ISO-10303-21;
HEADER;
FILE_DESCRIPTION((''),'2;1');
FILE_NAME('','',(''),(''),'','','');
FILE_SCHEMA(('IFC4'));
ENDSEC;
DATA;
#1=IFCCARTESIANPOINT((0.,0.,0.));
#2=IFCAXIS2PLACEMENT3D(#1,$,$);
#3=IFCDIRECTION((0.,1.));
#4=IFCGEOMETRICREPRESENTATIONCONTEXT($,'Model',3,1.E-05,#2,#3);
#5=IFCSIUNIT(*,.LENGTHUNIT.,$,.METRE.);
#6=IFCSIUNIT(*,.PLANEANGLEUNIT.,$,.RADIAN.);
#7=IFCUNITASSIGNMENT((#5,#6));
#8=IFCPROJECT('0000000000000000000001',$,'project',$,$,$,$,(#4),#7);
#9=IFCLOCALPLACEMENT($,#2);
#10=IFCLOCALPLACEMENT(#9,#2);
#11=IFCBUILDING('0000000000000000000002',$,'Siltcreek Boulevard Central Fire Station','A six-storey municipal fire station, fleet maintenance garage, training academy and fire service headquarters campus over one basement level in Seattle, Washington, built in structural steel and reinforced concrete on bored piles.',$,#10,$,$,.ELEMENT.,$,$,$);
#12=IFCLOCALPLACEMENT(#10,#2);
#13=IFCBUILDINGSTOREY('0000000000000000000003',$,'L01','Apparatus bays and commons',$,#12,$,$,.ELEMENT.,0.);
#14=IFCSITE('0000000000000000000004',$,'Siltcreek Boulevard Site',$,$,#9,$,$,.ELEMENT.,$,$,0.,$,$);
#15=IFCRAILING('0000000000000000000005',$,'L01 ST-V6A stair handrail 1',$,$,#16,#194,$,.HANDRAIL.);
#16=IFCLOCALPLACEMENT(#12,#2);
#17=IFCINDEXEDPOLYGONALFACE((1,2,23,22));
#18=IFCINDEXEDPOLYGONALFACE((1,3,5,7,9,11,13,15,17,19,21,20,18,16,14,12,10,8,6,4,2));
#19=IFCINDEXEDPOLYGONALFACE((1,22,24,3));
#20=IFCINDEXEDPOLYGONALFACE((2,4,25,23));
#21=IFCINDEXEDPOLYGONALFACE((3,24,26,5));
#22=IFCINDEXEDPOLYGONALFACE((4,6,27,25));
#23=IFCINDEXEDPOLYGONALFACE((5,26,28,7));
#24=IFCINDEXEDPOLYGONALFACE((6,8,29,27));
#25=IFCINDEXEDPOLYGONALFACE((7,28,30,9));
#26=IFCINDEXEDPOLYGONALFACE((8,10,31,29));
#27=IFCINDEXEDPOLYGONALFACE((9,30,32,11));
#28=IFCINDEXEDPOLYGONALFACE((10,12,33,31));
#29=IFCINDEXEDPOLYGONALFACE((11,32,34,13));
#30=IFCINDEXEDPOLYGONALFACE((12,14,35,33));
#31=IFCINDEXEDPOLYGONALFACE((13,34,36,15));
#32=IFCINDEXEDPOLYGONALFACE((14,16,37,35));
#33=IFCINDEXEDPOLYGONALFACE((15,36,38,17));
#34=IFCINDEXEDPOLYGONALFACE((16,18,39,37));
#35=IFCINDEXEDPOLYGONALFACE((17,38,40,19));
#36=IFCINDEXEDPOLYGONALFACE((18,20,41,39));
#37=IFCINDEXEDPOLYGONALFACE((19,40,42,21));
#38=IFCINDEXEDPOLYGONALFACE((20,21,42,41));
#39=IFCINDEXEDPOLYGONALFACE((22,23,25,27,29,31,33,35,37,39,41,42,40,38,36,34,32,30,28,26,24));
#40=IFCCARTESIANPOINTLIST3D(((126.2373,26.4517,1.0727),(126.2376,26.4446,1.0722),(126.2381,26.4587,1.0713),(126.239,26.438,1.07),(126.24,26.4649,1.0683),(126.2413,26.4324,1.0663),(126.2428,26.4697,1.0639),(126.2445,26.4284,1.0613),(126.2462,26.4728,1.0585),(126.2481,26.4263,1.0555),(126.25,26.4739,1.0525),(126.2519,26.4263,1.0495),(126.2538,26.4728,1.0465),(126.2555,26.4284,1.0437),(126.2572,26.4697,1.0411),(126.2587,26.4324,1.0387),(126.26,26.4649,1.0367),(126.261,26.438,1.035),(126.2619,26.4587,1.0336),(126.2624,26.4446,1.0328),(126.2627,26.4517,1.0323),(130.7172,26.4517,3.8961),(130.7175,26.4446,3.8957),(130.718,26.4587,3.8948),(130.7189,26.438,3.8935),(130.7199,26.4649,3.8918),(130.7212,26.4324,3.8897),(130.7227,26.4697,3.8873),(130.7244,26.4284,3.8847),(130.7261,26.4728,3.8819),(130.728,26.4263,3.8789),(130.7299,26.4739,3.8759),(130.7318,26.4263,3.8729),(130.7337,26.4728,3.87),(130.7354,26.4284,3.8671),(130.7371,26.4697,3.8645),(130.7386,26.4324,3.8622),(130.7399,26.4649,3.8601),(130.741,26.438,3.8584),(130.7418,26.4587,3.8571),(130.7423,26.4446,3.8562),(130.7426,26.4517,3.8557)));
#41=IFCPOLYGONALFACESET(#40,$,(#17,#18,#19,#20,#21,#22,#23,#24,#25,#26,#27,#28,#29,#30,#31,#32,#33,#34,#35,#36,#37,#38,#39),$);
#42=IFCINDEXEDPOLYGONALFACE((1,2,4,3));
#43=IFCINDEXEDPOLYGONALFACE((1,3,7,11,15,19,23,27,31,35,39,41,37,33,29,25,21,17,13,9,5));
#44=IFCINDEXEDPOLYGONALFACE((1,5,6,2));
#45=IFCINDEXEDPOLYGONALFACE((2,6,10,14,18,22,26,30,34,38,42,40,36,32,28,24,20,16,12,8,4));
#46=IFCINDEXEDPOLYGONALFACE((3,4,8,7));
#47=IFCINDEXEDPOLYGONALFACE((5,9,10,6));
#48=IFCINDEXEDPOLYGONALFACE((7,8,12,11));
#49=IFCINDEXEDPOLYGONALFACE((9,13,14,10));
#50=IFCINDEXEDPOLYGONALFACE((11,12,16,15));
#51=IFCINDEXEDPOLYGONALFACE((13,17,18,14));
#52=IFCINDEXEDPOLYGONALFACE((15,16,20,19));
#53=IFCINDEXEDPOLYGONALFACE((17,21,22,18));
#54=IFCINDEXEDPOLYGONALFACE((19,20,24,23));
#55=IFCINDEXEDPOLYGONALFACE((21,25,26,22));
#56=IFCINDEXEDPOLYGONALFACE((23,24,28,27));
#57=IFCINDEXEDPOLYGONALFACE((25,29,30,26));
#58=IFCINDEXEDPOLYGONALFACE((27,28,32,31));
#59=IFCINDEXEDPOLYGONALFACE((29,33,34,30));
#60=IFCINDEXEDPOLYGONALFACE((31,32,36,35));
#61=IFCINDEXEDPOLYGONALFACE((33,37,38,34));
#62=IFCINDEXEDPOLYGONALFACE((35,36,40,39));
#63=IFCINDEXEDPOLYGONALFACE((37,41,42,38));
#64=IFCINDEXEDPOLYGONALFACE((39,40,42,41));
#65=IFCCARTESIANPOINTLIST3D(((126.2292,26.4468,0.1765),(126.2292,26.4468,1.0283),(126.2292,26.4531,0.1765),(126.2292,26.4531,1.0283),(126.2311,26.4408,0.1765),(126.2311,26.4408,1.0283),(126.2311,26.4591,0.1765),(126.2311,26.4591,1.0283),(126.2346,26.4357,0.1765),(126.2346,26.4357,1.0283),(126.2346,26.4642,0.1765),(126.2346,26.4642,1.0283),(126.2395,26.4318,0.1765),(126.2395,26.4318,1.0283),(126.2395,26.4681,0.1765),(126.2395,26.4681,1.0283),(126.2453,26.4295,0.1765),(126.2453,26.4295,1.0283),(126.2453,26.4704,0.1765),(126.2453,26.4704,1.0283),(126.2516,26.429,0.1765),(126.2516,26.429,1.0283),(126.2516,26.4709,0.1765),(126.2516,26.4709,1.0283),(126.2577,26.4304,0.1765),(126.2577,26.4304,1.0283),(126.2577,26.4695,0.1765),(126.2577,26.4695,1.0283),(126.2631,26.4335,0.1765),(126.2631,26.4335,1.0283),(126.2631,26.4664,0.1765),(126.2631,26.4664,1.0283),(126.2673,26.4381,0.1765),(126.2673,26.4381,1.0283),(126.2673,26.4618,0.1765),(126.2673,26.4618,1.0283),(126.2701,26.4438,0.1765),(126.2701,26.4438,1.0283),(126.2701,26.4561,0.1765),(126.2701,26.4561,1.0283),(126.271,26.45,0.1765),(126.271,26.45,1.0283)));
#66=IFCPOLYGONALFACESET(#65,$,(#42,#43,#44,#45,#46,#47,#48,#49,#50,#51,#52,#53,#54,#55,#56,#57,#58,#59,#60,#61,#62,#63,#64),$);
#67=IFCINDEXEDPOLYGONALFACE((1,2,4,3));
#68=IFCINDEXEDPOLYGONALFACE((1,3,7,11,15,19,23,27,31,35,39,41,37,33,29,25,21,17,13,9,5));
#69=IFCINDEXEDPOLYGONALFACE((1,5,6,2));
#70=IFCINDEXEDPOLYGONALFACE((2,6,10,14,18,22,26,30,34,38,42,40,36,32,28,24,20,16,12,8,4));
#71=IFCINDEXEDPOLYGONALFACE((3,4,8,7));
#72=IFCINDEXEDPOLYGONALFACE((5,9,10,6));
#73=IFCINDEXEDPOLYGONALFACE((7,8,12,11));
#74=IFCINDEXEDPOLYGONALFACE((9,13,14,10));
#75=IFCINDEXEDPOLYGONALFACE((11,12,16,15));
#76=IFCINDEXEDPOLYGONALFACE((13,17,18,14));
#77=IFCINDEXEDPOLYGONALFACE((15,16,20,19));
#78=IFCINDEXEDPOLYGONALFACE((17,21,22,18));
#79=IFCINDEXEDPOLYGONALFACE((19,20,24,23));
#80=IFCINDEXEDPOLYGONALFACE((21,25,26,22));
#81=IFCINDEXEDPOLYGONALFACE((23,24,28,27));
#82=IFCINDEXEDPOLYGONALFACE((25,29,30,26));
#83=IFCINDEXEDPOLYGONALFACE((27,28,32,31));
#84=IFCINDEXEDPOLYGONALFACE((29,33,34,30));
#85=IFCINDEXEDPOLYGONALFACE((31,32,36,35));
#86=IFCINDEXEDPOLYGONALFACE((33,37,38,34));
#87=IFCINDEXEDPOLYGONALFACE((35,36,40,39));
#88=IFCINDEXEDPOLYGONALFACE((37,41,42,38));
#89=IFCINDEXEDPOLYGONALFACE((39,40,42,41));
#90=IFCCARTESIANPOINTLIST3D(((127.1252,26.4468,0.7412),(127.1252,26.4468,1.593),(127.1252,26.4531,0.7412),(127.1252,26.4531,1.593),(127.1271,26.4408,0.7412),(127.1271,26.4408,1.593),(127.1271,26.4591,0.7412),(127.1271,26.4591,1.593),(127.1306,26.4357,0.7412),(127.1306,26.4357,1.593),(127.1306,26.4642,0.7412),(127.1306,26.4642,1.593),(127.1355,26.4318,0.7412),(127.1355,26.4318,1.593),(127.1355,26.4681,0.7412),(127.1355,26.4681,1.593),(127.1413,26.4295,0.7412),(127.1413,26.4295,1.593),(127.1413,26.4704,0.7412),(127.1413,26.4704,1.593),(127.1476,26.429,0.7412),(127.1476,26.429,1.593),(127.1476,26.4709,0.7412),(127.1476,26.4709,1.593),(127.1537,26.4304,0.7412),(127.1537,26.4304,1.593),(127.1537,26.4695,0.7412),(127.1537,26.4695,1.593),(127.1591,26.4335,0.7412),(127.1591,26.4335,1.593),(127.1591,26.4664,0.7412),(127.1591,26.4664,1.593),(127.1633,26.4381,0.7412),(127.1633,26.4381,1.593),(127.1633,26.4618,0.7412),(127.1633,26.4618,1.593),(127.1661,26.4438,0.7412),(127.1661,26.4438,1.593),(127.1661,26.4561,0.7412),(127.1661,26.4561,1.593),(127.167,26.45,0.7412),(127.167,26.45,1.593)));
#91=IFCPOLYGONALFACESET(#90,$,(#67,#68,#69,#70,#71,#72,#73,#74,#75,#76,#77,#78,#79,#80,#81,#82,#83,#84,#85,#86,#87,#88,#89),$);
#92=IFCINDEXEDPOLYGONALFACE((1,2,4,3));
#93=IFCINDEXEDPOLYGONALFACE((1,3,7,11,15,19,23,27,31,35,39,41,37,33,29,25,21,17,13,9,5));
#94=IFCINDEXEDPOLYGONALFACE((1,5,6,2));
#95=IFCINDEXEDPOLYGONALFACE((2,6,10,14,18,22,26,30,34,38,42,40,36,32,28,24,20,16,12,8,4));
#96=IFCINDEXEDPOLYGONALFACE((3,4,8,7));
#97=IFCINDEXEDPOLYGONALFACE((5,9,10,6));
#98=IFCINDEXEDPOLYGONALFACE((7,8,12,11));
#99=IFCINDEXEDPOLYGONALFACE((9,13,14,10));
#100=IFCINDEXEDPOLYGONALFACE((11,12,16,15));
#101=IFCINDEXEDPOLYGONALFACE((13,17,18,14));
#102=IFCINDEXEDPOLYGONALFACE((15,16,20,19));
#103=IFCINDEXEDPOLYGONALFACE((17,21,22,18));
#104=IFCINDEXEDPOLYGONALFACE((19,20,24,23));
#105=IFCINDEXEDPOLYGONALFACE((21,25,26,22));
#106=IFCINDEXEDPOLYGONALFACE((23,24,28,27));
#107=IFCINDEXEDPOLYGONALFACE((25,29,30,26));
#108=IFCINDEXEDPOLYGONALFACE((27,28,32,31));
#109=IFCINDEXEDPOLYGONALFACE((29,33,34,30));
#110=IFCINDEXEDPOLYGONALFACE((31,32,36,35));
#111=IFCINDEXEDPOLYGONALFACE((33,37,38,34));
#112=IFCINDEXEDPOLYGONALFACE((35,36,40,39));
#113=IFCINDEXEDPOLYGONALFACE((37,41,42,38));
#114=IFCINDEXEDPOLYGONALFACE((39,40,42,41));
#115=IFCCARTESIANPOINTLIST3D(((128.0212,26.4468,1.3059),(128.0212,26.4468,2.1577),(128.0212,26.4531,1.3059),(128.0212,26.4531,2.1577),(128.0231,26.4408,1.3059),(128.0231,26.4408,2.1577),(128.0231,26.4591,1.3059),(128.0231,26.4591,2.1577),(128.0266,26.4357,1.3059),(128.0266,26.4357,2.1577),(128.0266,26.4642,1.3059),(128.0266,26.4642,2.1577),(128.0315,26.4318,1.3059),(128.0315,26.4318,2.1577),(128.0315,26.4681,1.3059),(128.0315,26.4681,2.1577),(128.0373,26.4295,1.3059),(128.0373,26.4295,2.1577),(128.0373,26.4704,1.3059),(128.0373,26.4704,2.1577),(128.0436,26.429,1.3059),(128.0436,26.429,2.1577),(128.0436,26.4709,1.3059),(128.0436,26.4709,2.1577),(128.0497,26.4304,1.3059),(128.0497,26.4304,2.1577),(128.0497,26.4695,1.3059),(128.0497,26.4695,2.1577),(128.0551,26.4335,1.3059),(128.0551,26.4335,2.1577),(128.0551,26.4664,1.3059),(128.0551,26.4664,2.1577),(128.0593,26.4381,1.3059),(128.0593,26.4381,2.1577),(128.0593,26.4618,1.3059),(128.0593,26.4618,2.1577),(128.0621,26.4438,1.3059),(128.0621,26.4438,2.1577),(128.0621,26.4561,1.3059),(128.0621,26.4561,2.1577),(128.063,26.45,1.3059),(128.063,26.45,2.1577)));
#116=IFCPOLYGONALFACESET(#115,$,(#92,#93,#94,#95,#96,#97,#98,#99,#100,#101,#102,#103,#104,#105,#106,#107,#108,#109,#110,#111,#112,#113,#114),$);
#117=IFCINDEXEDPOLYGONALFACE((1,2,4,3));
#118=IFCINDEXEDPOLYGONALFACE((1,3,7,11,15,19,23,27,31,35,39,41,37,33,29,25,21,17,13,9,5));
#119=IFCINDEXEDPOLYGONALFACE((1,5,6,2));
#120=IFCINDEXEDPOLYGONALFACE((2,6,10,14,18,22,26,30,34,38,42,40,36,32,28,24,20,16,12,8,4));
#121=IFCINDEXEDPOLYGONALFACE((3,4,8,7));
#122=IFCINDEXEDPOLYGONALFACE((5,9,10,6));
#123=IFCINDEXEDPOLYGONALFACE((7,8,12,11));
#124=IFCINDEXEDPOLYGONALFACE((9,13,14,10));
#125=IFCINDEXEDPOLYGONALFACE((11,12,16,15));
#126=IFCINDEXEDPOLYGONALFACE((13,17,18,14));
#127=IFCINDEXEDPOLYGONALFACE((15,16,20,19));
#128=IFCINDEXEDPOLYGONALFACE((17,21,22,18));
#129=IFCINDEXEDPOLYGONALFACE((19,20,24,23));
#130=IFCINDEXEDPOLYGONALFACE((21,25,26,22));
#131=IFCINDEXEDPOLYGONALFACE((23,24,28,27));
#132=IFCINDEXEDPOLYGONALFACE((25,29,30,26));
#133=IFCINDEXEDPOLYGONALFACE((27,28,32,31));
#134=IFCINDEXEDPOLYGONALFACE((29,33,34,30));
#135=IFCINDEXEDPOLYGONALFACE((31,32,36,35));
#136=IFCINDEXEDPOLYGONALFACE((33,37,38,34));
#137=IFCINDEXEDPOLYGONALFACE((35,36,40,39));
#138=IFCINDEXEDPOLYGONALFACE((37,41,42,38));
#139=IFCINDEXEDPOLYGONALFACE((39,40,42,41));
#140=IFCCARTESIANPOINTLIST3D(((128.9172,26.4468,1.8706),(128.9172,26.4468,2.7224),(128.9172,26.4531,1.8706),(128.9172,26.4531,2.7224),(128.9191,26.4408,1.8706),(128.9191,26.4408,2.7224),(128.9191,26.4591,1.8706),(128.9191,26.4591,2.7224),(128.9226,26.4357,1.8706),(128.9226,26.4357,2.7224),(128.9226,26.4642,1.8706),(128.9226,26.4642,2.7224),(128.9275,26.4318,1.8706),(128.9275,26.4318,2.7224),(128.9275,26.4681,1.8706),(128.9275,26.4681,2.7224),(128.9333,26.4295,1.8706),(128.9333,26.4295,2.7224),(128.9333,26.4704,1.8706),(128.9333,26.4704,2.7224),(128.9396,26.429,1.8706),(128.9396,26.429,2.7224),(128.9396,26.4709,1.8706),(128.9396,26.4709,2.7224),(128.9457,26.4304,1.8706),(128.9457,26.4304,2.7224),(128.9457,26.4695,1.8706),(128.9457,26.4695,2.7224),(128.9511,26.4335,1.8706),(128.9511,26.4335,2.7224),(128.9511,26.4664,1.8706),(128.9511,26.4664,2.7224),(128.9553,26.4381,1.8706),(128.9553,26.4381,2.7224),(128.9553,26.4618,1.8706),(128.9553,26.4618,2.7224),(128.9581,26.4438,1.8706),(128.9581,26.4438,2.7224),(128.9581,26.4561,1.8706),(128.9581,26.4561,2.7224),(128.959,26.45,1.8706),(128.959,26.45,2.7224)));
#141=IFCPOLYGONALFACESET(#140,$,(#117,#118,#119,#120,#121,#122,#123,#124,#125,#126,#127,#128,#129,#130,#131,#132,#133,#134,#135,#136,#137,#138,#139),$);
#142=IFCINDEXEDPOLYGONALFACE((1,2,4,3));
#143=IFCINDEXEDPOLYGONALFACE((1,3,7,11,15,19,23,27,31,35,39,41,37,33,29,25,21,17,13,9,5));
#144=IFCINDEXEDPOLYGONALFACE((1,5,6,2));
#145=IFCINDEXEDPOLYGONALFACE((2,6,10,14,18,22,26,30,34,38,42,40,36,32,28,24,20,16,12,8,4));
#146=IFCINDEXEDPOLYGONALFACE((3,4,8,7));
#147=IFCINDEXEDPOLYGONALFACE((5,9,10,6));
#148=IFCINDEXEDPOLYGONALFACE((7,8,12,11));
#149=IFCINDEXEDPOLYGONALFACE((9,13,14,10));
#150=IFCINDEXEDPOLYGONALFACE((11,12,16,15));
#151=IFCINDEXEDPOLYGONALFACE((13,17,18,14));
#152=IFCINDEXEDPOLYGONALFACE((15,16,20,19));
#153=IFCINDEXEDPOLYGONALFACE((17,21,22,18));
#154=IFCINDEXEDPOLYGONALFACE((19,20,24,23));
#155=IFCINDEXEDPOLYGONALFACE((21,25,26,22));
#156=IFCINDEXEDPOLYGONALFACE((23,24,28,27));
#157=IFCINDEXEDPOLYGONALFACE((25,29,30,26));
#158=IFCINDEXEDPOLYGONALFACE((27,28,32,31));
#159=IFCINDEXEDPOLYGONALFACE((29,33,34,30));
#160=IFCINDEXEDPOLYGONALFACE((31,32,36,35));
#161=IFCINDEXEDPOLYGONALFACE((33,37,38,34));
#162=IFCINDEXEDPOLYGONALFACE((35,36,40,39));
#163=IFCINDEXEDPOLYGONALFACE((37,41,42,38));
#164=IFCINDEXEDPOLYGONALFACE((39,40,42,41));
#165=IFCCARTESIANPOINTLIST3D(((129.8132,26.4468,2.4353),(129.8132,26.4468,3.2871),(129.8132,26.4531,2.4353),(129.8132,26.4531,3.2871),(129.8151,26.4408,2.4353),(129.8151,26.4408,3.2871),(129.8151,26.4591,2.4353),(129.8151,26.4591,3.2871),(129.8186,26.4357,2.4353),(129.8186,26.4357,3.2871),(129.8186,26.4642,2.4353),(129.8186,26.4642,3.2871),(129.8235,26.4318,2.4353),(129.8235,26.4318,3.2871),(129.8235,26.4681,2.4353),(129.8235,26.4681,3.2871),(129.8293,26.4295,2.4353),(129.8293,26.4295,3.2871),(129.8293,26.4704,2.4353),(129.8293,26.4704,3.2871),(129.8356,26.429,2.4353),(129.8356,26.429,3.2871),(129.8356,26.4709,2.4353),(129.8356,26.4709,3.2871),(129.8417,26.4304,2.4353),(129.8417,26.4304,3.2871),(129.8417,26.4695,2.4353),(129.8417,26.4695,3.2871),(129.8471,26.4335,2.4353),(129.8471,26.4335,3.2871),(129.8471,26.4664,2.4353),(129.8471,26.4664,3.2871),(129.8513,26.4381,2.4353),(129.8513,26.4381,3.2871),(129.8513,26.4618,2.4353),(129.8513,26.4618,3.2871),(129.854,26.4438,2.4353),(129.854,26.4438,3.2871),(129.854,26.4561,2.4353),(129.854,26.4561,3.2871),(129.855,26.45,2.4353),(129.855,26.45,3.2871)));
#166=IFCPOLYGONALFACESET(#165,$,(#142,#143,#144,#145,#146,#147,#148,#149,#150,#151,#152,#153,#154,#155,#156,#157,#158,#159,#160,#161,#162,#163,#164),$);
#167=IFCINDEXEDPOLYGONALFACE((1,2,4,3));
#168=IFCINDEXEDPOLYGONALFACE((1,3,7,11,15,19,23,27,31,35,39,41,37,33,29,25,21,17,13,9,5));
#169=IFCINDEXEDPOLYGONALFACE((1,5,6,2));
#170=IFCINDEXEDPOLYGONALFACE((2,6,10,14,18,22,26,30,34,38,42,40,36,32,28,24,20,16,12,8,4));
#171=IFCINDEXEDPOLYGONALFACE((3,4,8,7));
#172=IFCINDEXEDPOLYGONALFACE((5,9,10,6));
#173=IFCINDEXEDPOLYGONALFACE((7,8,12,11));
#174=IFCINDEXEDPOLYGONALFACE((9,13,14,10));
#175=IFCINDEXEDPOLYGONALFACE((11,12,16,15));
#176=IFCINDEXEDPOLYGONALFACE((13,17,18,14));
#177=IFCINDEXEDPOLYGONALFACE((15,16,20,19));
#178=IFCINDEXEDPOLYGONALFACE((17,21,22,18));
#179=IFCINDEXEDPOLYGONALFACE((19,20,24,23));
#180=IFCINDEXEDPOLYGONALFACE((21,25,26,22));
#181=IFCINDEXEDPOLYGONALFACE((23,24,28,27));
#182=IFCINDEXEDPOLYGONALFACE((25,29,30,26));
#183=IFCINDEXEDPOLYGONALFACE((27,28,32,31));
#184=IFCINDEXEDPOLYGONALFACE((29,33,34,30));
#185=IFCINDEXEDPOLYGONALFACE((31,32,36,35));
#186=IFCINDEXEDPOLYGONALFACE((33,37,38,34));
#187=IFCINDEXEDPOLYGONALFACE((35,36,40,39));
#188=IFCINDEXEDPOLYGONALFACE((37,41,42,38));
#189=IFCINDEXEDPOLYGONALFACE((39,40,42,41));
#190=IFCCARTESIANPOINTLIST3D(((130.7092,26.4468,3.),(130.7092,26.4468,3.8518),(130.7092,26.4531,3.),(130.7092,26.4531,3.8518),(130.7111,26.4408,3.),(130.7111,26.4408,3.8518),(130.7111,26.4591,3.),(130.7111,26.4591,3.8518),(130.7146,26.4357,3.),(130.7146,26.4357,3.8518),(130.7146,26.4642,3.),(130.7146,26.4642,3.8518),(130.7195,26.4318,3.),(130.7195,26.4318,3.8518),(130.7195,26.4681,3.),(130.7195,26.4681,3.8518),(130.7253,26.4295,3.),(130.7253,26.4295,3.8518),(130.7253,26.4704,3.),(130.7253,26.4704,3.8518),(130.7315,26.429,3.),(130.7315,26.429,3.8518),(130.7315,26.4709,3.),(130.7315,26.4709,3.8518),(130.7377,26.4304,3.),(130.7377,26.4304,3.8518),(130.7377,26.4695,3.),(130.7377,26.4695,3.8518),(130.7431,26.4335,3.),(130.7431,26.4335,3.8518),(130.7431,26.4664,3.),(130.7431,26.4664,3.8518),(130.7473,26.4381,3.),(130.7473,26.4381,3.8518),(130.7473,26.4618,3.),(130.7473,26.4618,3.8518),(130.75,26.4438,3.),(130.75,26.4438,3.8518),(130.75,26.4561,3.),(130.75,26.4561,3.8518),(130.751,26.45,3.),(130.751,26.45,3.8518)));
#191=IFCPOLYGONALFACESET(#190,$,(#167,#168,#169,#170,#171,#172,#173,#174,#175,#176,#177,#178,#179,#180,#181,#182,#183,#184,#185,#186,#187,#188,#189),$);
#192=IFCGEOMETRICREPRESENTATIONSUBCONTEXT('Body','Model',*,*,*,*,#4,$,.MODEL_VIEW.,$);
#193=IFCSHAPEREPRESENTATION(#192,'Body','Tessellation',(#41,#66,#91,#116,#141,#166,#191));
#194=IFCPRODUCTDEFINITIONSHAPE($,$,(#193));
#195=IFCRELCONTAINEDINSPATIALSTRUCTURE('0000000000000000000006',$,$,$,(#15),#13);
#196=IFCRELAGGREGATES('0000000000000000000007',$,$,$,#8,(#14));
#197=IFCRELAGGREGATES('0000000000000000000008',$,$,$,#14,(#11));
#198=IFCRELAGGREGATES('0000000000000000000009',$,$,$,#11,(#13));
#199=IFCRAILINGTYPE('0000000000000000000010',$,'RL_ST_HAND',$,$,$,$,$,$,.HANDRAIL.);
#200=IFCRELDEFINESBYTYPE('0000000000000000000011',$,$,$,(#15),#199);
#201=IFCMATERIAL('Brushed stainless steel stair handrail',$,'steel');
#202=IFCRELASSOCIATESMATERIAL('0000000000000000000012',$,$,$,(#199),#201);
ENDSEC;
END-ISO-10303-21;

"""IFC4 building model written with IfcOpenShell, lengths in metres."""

from ifc_helpers import new_model, si_unit, direction, frame, origin, origin_2d, place, context, subcontext, project, spatial, circle, extrude, material, type_object, element, save


model = new_model("IFC4")

# Units and contexts
model_context = context("Model", 3, precision=1e-05, world=origin(), true_north=direction((0.0, 1.0)))
body_context = subcontext(model_context, "Body", "Model", "MODEL_VIEW")
ifc_project = project(units=[si_unit("LENGTHUNIT", "METRE"), si_unit("PLANEANGLEUNIT", "RADIAN")], contexts=[model_context])

# Site, building, storey
site_placement = place(None, origin())
site = spatial("IfcSite", under=ifc_project, at=site_placement, Name="Siltcreek Boulevard Site", CompositionType="ELEMENT", RefElevation=0.0)
building_placement = place(site_placement, origin())
building = spatial("IfcBuilding", under=site, at=building_placement, Name="Siltcreek Boulevard Central Fire Station", Description="A six-storey municipal fire station, fleet maintenance garage, training academy and fire service headquarters campus over one basement level in Seattle, Washington, built in structural steel and reinforced concrete on bored piles.", CompositionType="ELEMENT")
storey_placement = place(building_placement, origin())
storey = spatial("IfcBuildingStorey", under=building, at=storey_placement, Name="L01", Description="Apparatus bays and commons", CompositionType="ELEMENT", Elevation=0.0)

# Railing
ifc_material_1 = material(Name="Brushed stainless steel stair handrail", Category="steel")
railing_type_1 = type_object("IfcRailingType", Name="RL_ST_HAND", PredefinedType="HANDRAIL", material=ifc_material_1)
railing_1_placement = place(storey_placement, frame((126.25, 26.45, 0.1765)))
element("IfcRailing", 1, at=railing_1_placement, inside=storey, type_object=railing_type_1, Name="L01 ST-V6A stair handrail 1", PredefinedType="HANDRAIL", context=body_context, shape_type="SweptSolid", body=[
    extrude(circle(Radius=0.0239, at=origin_2d()), frame((0.0, 0.0, 0.876), z_axis=(0.845998, 0.0, 0.533186), x_axis=(0.0, 1.0, 0.0)), (0.0, 0.0, 1.0), 5.2954),
    extrude(circle(Radius=0.021, at=origin_2d()), origin(), (0.0, 0.0, 1.0), 0.8518),
    extrude(circle(Radius=0.021, at=origin_2d()), frame((0.896, 0.0, 0.5647)), (0.0, 0.0, 1.0), 0.8518),
    extrude(circle(Radius=0.021, at=origin_2d()), frame((1.792, 0.0, 1.1294)), (0.0, 0.0, 1.0), 0.8518),
    extrude(circle(Radius=0.021, at=origin_2d()), frame((2.688, 0.0, 1.6941)), (0.0, 0.0, 1.0), 0.8518),
    extrude(circle(Radius=0.021, at=origin_2d()), frame((3.584, 0.0, 2.2588)), (0.0, 0.0, 1.0), 0.8518),
    extrude(circle(Radius=0.021, at=origin_2d()), frame((4.48, 0.0, 2.8235)), (0.0, 0.0, 1.0), 0.8518),
])

save(model, "model.ifc")
